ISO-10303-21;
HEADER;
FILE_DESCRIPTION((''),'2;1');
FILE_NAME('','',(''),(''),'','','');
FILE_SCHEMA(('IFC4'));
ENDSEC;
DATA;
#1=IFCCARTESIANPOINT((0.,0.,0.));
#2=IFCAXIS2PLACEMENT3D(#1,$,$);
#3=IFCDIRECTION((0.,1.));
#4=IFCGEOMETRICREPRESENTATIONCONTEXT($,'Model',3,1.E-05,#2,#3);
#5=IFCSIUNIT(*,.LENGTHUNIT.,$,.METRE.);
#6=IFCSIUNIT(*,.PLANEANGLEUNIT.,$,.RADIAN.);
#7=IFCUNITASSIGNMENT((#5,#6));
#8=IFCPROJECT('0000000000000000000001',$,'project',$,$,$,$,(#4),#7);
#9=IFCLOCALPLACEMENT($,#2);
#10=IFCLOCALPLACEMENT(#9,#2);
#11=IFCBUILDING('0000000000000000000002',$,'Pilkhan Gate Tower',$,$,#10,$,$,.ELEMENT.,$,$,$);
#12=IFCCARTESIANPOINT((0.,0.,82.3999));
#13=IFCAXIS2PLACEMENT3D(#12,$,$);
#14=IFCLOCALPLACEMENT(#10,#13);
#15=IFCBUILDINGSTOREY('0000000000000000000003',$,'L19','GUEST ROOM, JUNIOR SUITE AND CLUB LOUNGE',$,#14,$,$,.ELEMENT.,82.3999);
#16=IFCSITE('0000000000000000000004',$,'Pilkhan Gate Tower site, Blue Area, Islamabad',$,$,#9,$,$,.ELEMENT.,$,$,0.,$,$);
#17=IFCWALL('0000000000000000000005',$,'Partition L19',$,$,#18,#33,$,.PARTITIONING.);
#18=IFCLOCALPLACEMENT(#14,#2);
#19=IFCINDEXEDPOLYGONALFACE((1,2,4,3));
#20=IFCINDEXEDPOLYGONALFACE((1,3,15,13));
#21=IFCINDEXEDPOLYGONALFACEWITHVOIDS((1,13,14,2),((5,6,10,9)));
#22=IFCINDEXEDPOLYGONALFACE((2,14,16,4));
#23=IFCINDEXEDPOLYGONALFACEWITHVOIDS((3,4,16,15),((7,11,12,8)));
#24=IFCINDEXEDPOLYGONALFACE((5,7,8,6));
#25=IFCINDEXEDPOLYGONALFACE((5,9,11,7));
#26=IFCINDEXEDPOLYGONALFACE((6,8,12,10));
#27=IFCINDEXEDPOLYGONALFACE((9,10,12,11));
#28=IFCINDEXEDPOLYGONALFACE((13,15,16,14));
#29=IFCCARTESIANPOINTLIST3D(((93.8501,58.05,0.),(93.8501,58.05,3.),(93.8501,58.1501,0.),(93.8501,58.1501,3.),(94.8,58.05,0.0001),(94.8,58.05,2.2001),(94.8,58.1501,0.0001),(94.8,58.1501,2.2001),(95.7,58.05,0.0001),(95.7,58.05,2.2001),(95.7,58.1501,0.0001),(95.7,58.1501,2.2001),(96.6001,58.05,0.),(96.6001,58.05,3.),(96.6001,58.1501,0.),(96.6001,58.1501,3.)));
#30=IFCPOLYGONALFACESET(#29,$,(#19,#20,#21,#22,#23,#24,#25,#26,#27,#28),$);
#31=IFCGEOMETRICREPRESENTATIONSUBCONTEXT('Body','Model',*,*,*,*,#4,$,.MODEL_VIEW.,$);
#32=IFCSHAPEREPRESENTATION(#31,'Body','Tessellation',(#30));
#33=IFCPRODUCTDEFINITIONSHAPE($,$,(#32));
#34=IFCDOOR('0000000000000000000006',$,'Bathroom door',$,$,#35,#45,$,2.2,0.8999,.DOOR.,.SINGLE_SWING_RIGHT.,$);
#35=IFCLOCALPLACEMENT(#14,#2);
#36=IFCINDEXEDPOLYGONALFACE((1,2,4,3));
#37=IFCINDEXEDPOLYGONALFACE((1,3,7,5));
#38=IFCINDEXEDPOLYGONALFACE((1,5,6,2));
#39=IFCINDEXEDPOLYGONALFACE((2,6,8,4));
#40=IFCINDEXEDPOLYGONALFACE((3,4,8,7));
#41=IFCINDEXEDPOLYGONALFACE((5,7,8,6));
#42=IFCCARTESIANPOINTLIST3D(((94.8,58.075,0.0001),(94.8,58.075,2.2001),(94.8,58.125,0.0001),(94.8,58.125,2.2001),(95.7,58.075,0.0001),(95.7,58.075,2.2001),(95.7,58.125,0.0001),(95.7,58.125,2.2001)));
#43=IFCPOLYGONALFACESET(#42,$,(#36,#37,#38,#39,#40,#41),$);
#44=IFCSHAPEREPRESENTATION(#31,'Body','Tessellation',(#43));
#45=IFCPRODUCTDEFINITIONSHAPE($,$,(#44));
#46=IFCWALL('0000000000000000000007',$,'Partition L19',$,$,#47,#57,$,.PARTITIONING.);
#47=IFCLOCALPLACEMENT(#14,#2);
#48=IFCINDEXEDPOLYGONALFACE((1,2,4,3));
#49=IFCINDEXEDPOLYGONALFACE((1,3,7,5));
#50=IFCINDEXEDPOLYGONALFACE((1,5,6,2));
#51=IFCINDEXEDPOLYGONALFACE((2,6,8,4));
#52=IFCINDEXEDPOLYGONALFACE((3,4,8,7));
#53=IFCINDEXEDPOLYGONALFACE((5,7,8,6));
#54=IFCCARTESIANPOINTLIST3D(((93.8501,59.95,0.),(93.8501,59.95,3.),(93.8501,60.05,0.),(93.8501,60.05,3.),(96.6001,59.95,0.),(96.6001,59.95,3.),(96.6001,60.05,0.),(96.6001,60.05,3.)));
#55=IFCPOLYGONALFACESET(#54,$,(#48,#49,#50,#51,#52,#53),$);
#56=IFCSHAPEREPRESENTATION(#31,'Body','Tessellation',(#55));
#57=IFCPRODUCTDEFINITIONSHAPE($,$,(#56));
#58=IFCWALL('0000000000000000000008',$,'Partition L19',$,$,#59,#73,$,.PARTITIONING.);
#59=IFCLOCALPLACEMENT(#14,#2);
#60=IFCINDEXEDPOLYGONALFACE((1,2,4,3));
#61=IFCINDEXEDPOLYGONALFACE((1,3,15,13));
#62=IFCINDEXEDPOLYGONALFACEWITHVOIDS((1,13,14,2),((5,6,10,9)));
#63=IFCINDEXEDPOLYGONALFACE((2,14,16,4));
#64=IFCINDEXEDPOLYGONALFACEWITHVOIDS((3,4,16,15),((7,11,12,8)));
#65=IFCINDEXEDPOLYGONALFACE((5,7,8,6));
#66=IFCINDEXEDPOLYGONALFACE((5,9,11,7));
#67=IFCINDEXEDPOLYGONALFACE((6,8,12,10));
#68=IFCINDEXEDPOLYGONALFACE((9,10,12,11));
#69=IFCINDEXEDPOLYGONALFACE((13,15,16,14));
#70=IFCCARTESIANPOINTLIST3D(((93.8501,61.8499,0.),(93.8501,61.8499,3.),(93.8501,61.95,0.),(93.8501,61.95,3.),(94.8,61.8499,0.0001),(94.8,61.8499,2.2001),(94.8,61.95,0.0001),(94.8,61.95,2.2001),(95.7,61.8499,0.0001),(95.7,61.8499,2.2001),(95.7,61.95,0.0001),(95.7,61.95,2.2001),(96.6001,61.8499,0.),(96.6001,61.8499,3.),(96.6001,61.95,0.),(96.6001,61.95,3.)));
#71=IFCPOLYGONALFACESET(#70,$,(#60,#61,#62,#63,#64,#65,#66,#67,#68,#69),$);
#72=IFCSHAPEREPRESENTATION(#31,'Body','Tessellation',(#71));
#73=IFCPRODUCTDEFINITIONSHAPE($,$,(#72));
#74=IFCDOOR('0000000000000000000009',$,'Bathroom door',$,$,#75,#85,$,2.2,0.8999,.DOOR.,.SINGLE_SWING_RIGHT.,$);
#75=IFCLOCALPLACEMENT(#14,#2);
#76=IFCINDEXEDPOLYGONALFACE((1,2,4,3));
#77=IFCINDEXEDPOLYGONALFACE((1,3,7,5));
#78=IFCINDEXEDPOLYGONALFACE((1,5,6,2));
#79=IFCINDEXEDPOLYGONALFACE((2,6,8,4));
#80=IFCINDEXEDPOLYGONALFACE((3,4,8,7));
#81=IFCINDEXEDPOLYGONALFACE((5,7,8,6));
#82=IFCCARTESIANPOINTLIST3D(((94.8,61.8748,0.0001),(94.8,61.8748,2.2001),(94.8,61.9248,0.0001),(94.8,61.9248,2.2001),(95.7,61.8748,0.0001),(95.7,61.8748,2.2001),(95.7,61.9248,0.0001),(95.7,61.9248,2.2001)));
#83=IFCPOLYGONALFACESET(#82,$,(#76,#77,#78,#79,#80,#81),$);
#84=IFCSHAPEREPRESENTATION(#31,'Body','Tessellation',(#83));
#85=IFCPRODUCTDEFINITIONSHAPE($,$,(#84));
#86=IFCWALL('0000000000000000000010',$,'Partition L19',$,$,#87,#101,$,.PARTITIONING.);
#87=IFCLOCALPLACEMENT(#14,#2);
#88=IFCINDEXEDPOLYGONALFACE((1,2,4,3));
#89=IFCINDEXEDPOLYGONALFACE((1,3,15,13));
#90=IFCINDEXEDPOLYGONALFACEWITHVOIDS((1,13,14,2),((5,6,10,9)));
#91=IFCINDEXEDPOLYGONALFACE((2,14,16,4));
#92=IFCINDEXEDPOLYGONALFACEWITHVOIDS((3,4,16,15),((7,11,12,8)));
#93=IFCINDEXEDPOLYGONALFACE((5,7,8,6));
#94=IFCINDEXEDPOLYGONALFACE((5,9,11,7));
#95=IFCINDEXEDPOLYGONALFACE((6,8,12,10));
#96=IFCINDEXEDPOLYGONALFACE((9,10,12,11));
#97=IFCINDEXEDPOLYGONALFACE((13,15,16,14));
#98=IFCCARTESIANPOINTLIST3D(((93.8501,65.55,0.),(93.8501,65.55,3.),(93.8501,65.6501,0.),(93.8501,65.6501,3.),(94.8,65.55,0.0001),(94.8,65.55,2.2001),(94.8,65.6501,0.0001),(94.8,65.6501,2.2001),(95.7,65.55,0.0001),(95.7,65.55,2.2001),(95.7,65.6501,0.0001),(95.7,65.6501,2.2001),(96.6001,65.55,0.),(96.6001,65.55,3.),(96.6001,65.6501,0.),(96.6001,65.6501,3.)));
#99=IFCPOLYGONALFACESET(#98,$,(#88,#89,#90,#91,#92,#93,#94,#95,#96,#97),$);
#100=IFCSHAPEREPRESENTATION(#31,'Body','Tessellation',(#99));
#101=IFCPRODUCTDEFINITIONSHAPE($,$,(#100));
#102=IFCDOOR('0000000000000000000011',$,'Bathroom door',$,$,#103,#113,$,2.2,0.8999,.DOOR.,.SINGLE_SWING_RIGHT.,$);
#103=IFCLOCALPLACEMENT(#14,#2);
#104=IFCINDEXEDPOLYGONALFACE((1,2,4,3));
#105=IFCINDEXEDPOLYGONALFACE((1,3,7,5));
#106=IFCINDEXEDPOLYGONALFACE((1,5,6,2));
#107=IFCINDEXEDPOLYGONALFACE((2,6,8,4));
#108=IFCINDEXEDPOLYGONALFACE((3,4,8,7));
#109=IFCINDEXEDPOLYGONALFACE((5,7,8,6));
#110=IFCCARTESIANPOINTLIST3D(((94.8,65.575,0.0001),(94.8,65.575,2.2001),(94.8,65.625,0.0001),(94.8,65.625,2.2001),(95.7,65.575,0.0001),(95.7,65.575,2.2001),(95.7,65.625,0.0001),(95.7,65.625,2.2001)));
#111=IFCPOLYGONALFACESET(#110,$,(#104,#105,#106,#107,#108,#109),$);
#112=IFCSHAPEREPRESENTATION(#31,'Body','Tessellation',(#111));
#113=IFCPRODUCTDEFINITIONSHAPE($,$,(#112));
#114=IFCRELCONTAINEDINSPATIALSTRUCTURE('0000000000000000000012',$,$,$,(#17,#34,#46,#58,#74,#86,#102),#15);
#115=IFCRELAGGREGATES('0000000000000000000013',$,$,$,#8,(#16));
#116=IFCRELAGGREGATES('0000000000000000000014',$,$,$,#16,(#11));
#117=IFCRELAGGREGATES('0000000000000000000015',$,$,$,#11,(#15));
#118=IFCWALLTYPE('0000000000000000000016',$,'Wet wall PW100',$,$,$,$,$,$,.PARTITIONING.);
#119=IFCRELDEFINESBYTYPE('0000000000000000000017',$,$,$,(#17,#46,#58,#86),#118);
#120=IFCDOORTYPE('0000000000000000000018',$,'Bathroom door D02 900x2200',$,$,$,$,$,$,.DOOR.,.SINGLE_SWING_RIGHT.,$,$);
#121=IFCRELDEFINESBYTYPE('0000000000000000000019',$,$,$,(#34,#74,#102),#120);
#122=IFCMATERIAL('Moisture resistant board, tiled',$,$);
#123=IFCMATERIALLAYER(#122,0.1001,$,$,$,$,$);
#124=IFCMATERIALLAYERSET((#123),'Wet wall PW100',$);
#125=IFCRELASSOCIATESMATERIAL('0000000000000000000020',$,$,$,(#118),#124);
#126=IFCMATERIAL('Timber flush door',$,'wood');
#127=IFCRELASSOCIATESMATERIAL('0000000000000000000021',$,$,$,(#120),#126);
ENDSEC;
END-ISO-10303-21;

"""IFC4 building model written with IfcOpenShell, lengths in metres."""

from ifc_helpers import new_model, si_unit, direction, frame, frame_2d, origin, place, context, subcontext, project, spatial, rectangle, extrude, material, layer, layer_set, type_object, element, fill, save


model = new_model("IFC4")

# Units and contexts
model_context = context("Model", 3, precision=1e-05, world=origin(), true_north=direction((0.0, 1.0)))
body_context = subcontext(model_context, "Body", "Model", "MODEL_VIEW")
ifc_project = project(units=[si_unit("LENGTHUNIT", "METRE"), si_unit("PLANEANGLEUNIT", "RADIAN")], contexts=[model_context])

# Site, building, storey
site_placement = place(None, origin())
site = spatial("IfcSite", under=ifc_project, at=site_placement, Name="Pilkhan Gate Tower site, Blue Area, Islamabad", CompositionType="ELEMENT", RefElevation=0.0)
building_placement = place(site_placement, origin())
building = spatial("IfcBuilding", under=site, at=building_placement, Name="Pilkhan Gate Tower", CompositionType="ELEMENT")
storey_placement = place(building_placement, frame((0.0, 0.0, 82.3999)))
storey = spatial("IfcBuildingStorey", under=building, at=storey_placement, Name="L19", Description="GUEST ROOM, JUNIOR SUITE AND CLUB LOUNGE", CompositionType="ELEMENT", Elevation=82.3999)

# Wall, opening, door
ifc_material_1 = material(Name="Moisture resistant board, tiled")
ifc_layer_1 = layer(ifc_material_1, 0.1001)
ifc_layer_set_1 = layer_set([ifc_layer_1], Name="Wet wall PW100")
wall_type_1 = type_object("IfcWallType", Name="Wet wall PW100", PredefinedType="PARTITIONING", material=ifc_layer_set_1)
ifc_material_2 = material(Name="Timber flush door", Category="wood")
door_type = type_object("IfcDoorType", Name="Bathroom door D02 900x2200", OperationType="SINGLE_SWING_RIGHT", PredefinedType="DOOR", material=ifc_material_2)
wall_1_placement = place(storey_placement, frame((93.8501, 58.1001, 0.0), z_axis=(0.0, 0.0, 1.0), x_axis=(1.0, 0.0, 0.0)))
wall_1 = element("IfcWall", 1, at=wall_1_placement, inside=storey, type_object=wall_type_1, Name="Partition L19", PredefinedType="PARTITIONING", context=body_context, shape_type="SweptSolid", body=[
    extrude(rectangle(XDim=2.75, YDim=0.1001, at=frame_2d((1.375, 0.0))), origin(), (0.0, 0.0, 1.0), 3.0),
])
opening_1_placement = place(wall_1_placement, frame((0.95, 0.0, 0.0)))
opening_1 = element("IfcOpeningElement", 2, at=opening_1_placement, cuts=wall_1, PredefinedType="OPENING", context=body_context, shape_type="SweptSolid", body=[
    extrude(rectangle(XDim=0.8999, YDim=2.2, at=frame_2d((0.45, 1.1001))), frame((0.0, 0.0601, 0.0), z_axis=(0.0, -1.0, 0.0), x_axis=(1.0, 0.0, 0.0)), (0.0, 0.0, 1.0), 0.1201),
])
door_1_placement = place(opening_1_placement, origin())
door_1 = element("IfcDoor", 3, at=door_1_placement, inside=storey, type_object=door_type, Name="Bathroom door", OperationType="SINGLE_SWING_RIGHT", OverallHeight=2.2, OverallWidth=0.8999, PredefinedType="DOOR", context=body_context, shape_type="SweptSolid", body=[
    extrude(rectangle(XDim=0.8999, YDim=2.2, at=frame_2d((0.45, 1.1001))), frame((0.0, 0.0249, 0.0), z_axis=(0.0, -1.0, 0.0), x_axis=(1.0, 0.0, 0.0)), (0.0, 0.0, 1.0), 0.05),
])
fill(opening_1, door_1)

# Wall
wall_2_placement = place(storey_placement, frame((93.8501, 60.0, 0.0), z_axis=(0.0, 0.0, 1.0), x_axis=(1.0, 0.0, 0.0)))
element("IfcWall", 4, at=wall_2_placement, inside=storey, type_object=wall_type_1, Name="Partition L19", PredefinedType="PARTITIONING", context=body_context, shape_type="SweptSolid", body=[
    extrude(rectangle(XDim=2.75, YDim=0.1001, at=frame_2d((1.375, 0.0))), origin(), (0.0, 0.0, 1.0), 3.0),
])

# Walls, openings, doors
wall_3_placement = place(storey_placement, frame((93.8501, 61.8999, 0.0), z_axis=(0.0, 0.0, 1.0), x_axis=(1.0, 0.0, 0.0)))
wall_3 = element("IfcWall", 5, at=wall_3_placement, inside=storey, type_object=wall_type_1, Name="Partition L19", PredefinedType="PARTITIONING", context=body_context, shape_type="SweptSolid", body=[
    extrude(rectangle(XDim=2.75, YDim=0.1001, at=frame_2d((1.375, 0.0))), origin(), (0.0, 0.0, 1.0), 3.0),
])
opening_2_placement = place(wall_3_placement, frame((0.95, 0.0, 0.0)))
opening_2 = element("IfcOpeningElement", 6, at=opening_2_placement, cuts=wall_3, PredefinedType="OPENING", context=body_context, shape_type="SweptSolid", body=[
    extrude(rectangle(XDim=0.8999, YDim=2.2, at=frame_2d((0.45, 1.1001))), frame((0.0, 0.0601, 0.0), z_axis=(0.0, -1.0, 0.0), x_axis=(1.0, 0.0, 0.0)), (0.0, 0.0, 1.0), 0.1201),
])
door_2_placement = place(opening_2_placement, origin())
door_2 = element("IfcDoor", 7, at=door_2_placement, inside=storey, type_object=door_type, Name="Bathroom door", OperationType="SINGLE_SWING_RIGHT", OverallHeight=2.2, OverallWidth=0.8999, PredefinedType="DOOR", context=body_context, shape_type="SweptSolid", body=[
    extrude(rectangle(XDim=0.8999, YDim=2.2, at=frame_2d((0.45, 1.1001))), frame((0.0, 0.0249, 0.0), z_axis=(0.0, -1.0, 0.0), x_axis=(1.0, 0.0, 0.0)), (0.0, 0.0, 1.0), 0.05),
])
fill(opening_2, door_2)
wall_4_placement = place(storey_placement, frame((93.8501, 65.6001, 0.0), z_axis=(0.0, 0.0, 1.0), x_axis=(1.0, 0.0, 0.0)))
wall_4 = element("IfcWall", 8, at=wall_4_placement, inside=storey, type_object=wall_type_1, Name="Partition L19", PredefinedType="PARTITIONING", context=body_context, shape_type="SweptSolid", body=[
    extrude(rectangle(XDim=2.75, YDim=0.1001, at=frame_2d((1.375, 0.0))), origin(), (0.0, 0.0, 1.0), 3.0),
])
opening_3_placement = place(wall_4_placement, frame((0.95, 0.0, 0.0)))
opening_3 = element("IfcOpeningElement", 9, at=opening_3_placement, cuts=wall_4, PredefinedType="OPENING", context=body_context, shape_type="SweptSolid", body=[
    extrude(rectangle(XDim=0.8999, YDim=2.2, at=frame_2d((0.45, 1.1001))), frame((0.0, 0.0601, 0.0), z_axis=(0.0, -1.0, 0.0), x_axis=(1.0, 0.0, 0.0)), (0.0, 0.0, 1.0), 0.1201),
])
door_3_placement = place(opening_3_placement, origin())
door_3 = element("IfcDoor", 10, at=door_3_placement, inside=storey, type_object=door_type, Name="Bathroom door", OperationType="SINGLE_SWING_RIGHT", OverallHeight=2.2, OverallWidth=0.8999, PredefinedType="DOOR", context=body_context, shape_type="SweptSolid", body=[
    extrude(rectangle(XDim=0.8999, YDim=2.2, at=frame_2d((0.45, 1.1001))), frame((0.0, 0.0249, 0.0), z_axis=(0.0, -1.0, 0.0), x_axis=(1.0, 0.0, 0.0)), (0.0, 0.0, 1.0), 0.05),
])
fill(opening_3, door_3)

save(model, "model.ifc")
